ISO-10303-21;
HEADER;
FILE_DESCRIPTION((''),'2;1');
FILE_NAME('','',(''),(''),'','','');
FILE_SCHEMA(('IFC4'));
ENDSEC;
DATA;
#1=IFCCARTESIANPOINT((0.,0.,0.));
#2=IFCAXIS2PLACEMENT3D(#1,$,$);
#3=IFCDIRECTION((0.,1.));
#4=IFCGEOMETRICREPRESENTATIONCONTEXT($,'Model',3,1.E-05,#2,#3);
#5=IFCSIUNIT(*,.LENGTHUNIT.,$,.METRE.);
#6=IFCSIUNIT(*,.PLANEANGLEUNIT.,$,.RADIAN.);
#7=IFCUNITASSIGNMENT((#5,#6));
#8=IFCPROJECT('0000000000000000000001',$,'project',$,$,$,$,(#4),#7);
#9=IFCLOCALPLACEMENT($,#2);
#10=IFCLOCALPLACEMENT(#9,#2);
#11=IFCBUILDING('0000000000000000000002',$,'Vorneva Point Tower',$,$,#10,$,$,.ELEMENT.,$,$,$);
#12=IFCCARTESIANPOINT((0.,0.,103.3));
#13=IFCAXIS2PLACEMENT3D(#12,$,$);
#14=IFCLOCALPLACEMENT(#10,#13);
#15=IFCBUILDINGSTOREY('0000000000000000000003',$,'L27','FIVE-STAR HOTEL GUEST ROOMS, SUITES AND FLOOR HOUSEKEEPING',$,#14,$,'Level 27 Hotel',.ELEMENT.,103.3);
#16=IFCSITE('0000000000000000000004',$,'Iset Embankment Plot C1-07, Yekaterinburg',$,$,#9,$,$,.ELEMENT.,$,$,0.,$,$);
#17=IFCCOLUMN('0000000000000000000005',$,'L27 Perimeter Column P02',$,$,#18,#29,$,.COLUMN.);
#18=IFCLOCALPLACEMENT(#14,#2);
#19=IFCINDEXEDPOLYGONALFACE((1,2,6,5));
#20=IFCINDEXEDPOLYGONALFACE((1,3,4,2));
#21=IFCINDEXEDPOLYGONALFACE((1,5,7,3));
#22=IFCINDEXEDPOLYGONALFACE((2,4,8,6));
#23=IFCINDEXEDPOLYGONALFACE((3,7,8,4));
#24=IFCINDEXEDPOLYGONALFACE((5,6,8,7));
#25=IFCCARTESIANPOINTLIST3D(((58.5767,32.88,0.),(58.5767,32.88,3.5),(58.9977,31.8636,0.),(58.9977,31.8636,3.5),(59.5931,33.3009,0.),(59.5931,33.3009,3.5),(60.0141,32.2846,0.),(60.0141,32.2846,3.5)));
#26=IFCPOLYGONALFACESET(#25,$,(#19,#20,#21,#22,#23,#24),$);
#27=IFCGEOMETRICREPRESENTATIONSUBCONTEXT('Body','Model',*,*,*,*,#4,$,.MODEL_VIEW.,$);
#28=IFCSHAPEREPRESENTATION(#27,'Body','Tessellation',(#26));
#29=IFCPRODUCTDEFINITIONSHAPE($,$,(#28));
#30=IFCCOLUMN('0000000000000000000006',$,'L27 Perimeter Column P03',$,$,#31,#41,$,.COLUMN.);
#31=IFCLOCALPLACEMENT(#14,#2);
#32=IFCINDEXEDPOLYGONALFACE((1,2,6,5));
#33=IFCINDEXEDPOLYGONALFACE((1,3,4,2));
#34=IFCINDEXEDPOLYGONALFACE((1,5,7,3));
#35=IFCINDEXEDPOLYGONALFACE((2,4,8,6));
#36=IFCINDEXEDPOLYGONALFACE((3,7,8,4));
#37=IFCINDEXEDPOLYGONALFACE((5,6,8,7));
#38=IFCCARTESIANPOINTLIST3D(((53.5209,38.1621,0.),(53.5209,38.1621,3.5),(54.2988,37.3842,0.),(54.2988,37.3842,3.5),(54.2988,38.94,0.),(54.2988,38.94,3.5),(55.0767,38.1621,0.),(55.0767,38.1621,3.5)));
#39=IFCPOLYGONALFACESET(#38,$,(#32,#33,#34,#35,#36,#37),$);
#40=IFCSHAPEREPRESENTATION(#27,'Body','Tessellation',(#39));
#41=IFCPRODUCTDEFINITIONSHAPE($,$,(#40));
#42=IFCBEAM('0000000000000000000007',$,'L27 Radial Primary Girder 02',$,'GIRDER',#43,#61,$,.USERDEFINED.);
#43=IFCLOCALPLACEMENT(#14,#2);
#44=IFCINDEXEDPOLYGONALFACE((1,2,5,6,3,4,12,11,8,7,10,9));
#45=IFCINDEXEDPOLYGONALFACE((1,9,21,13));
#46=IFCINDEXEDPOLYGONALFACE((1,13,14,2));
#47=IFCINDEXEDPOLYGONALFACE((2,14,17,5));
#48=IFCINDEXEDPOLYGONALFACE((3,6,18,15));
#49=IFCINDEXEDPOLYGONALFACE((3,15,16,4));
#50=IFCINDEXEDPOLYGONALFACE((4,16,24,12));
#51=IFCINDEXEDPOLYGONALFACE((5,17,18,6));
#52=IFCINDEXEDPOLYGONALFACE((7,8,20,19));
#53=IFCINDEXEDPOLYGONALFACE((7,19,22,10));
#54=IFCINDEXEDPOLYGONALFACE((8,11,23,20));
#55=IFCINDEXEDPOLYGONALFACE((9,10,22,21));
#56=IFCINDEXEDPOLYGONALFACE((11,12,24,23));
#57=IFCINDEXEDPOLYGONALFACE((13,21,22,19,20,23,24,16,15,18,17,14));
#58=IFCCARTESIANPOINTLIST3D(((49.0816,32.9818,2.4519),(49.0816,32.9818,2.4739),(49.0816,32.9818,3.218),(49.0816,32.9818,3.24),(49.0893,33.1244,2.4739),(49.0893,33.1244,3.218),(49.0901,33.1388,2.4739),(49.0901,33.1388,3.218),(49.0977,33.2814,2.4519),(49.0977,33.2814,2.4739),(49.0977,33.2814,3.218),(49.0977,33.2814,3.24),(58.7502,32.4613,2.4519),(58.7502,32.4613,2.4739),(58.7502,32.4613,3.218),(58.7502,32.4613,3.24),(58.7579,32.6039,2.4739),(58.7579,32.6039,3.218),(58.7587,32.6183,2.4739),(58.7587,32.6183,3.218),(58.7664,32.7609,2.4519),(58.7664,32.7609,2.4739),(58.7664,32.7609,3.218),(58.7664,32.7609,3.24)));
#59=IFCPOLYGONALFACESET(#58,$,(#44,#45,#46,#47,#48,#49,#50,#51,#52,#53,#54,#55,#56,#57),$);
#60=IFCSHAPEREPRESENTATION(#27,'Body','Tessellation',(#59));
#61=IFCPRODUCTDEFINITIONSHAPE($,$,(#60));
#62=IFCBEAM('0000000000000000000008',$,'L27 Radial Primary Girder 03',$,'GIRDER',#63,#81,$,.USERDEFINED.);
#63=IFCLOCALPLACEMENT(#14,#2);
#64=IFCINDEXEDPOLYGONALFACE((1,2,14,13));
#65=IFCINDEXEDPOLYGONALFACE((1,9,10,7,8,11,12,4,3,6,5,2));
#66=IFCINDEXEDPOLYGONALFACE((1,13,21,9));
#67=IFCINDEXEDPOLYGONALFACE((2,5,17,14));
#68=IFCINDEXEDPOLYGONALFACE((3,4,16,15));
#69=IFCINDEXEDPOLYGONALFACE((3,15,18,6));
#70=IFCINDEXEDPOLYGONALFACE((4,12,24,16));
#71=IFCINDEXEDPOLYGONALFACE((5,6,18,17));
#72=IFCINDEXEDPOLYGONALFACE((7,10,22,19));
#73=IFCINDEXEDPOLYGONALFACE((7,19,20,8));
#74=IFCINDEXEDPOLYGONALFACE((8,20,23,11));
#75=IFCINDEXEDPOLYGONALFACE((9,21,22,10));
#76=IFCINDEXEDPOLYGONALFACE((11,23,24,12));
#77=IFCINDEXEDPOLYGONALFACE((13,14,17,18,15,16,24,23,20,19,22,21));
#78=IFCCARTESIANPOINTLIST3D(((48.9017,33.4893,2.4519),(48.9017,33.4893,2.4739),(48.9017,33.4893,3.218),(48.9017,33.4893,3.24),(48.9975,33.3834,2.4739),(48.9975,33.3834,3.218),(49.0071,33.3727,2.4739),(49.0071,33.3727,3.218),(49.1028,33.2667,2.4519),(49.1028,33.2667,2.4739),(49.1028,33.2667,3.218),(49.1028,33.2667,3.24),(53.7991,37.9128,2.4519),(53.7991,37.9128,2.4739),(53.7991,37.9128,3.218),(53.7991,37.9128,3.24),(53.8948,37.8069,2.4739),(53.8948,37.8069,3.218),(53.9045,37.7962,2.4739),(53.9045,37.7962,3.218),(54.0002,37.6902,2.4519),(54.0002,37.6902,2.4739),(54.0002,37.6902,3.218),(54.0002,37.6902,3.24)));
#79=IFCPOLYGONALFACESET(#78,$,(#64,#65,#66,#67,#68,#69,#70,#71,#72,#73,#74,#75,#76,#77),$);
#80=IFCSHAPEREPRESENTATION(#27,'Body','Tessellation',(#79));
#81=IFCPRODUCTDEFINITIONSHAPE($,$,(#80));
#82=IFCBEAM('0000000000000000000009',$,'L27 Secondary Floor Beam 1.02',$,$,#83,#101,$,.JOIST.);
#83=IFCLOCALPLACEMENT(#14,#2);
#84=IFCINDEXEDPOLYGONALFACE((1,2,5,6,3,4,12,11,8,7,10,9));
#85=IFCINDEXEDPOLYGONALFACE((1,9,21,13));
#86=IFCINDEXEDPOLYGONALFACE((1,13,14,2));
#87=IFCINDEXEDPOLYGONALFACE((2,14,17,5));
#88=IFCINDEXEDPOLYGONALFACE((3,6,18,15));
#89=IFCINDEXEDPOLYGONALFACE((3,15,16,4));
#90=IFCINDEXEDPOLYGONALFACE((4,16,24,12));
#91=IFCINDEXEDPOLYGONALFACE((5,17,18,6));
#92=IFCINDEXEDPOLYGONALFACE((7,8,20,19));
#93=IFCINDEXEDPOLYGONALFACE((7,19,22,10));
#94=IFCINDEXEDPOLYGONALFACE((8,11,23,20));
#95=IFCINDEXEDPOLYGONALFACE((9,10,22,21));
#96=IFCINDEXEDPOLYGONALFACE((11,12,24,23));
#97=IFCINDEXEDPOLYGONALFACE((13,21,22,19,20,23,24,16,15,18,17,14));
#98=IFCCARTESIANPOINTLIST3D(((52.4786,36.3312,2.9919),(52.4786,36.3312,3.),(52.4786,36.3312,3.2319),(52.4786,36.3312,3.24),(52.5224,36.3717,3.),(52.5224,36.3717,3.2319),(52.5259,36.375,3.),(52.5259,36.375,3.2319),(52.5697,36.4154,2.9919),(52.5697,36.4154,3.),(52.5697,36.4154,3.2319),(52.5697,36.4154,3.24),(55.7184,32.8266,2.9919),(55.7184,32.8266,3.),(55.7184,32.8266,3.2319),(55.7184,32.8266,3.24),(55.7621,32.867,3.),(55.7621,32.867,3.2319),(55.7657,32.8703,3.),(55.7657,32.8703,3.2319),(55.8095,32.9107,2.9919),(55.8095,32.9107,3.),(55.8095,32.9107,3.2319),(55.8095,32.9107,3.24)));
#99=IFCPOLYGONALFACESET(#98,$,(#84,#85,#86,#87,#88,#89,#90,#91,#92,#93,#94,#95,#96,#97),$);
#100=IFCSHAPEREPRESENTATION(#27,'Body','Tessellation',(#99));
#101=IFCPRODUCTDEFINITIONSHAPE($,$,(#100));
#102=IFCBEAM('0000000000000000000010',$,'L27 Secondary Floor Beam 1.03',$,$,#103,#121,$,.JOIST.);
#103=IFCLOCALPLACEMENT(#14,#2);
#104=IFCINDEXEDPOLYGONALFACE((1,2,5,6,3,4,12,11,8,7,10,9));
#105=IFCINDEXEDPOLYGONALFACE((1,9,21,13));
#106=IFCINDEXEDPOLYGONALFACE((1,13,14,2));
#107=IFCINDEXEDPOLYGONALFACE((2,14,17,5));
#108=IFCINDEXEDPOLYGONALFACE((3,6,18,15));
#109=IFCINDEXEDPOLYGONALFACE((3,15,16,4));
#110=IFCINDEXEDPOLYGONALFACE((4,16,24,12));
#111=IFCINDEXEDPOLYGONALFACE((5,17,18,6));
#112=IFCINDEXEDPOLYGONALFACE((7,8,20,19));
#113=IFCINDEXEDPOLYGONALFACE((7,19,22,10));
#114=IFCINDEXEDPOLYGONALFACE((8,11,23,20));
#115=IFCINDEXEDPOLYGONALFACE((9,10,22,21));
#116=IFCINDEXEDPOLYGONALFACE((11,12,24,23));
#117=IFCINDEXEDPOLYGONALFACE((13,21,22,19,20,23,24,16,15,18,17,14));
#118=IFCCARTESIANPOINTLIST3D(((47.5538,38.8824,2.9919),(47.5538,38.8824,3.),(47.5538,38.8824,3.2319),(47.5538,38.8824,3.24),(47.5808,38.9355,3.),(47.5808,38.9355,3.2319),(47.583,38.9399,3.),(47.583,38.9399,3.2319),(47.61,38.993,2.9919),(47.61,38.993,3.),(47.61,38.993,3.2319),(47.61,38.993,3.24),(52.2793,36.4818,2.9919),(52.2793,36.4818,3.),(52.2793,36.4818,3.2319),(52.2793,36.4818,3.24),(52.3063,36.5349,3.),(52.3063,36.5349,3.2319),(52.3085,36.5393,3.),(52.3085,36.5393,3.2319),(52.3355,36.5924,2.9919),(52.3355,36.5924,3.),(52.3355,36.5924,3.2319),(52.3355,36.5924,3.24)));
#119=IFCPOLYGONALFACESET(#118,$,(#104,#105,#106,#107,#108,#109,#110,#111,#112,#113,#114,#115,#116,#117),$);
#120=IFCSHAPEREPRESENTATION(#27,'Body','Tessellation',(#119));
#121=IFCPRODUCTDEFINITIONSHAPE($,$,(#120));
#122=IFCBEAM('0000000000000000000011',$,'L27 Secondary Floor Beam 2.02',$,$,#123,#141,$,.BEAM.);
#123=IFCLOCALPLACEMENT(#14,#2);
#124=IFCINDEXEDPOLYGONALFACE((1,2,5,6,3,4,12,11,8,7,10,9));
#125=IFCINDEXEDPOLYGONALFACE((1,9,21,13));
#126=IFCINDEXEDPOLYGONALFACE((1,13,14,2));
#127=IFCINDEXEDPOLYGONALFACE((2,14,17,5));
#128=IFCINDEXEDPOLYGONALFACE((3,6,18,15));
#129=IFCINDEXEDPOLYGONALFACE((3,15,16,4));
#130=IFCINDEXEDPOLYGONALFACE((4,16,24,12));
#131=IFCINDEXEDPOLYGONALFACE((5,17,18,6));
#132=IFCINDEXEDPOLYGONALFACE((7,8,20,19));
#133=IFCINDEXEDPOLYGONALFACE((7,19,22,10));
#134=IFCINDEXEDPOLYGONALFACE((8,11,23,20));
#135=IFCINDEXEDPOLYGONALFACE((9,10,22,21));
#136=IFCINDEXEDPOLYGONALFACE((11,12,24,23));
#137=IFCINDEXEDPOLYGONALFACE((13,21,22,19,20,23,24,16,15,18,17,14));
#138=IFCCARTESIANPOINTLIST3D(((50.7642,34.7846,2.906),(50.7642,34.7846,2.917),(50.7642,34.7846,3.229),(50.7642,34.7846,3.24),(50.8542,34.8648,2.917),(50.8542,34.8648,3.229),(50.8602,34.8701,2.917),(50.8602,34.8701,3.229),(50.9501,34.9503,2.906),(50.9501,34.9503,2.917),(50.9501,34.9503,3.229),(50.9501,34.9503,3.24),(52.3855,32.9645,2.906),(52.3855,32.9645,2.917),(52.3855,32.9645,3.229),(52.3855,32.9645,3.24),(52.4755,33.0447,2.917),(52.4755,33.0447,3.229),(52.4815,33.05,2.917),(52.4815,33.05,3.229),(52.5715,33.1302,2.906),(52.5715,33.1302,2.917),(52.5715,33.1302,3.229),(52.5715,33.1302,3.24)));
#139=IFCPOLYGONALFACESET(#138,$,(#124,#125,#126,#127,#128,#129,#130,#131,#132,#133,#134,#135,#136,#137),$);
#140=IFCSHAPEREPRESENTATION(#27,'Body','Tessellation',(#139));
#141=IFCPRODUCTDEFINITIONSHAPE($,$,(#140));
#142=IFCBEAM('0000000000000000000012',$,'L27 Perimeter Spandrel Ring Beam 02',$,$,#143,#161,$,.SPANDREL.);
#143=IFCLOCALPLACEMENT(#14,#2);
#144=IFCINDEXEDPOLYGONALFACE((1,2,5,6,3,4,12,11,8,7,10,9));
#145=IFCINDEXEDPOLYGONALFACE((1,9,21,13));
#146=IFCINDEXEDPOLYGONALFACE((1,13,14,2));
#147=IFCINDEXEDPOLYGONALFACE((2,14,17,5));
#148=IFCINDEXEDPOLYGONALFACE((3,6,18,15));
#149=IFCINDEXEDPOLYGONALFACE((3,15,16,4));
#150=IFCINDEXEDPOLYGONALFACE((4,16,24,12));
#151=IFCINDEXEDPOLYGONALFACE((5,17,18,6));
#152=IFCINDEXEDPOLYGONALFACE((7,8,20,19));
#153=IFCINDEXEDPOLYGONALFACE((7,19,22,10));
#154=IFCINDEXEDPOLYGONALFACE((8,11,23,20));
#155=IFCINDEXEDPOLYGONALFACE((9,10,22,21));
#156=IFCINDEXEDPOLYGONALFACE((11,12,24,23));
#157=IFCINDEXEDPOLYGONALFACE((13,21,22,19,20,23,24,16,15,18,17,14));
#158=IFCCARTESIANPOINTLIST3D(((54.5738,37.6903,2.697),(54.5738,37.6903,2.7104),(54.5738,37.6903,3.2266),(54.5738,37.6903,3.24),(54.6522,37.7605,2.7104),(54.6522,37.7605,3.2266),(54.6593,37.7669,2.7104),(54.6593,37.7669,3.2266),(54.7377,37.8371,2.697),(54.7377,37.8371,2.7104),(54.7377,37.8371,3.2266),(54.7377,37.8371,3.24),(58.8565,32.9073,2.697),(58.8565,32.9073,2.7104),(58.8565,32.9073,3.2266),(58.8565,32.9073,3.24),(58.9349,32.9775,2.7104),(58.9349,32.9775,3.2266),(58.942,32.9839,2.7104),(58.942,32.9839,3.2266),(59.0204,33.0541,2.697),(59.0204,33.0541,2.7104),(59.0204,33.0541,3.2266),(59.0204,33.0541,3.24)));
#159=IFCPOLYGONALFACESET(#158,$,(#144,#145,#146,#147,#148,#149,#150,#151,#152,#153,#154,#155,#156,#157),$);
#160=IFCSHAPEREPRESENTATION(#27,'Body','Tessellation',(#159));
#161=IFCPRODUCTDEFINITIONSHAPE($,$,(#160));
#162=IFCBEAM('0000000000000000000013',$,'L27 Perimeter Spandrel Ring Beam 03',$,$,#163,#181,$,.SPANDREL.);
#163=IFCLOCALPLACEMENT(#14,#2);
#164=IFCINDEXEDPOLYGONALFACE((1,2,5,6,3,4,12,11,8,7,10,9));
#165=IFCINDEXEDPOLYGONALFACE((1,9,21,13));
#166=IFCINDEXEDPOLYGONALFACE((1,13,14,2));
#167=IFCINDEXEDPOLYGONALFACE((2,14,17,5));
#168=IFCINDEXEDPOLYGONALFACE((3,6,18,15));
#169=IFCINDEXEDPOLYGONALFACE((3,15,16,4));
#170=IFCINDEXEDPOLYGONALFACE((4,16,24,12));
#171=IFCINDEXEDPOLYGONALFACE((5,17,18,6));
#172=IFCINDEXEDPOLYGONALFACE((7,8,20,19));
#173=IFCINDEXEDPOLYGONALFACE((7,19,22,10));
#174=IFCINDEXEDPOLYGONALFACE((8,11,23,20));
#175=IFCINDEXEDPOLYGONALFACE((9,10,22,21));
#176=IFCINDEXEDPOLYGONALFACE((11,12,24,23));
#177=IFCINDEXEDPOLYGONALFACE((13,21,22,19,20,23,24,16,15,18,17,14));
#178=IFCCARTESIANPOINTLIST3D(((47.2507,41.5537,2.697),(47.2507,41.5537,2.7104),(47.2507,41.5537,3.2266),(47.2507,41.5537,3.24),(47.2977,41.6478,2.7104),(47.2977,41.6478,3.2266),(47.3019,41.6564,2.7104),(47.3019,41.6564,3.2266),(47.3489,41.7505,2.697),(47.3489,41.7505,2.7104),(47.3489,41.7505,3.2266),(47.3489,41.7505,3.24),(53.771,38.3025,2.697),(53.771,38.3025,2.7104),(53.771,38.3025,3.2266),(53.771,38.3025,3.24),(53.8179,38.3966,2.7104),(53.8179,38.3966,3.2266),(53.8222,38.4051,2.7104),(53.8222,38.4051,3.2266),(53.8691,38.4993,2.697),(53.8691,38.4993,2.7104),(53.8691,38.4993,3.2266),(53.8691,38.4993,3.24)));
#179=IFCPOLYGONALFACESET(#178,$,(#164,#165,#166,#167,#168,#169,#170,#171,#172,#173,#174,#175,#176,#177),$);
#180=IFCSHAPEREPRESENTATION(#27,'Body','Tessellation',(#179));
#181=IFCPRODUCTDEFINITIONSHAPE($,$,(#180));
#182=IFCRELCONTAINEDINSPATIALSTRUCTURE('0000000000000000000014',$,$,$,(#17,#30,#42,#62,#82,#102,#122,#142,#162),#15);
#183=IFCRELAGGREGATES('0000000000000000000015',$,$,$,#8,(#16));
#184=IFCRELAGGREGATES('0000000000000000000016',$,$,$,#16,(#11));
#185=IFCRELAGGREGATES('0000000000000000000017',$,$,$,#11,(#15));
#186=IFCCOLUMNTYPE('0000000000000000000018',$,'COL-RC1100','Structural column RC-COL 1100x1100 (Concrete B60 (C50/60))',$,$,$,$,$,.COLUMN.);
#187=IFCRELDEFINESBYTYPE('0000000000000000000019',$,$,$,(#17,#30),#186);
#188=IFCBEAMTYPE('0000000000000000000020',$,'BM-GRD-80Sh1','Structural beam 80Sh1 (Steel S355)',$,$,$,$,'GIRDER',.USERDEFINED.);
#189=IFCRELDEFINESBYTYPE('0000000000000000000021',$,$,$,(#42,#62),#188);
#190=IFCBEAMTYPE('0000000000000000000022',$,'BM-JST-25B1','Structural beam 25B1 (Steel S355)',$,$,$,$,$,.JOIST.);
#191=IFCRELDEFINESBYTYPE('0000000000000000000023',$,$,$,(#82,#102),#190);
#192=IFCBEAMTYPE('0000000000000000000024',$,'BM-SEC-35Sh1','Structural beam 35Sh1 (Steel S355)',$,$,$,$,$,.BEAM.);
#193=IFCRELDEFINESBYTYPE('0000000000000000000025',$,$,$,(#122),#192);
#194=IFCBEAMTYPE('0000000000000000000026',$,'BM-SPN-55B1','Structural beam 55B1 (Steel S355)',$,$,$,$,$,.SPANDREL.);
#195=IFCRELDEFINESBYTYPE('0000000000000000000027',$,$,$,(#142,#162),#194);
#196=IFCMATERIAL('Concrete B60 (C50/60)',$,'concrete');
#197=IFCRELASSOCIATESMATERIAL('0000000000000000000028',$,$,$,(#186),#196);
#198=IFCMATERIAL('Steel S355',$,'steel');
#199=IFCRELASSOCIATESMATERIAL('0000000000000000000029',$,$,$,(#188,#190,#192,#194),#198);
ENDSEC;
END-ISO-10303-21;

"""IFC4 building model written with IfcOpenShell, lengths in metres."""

from ifc_helpers import new_model, si_unit, direction, frame, origin, origin_2d, place, context, subcontext, project, spatial, rectangle, i_section, extrude, material, material_profile, profile_set, type_object, element, save


model = new_model("IFC4")

# Units and contexts
model_context = context("Model", 3, precision=1e-05, world=origin(), true_north=direction((0.0, 1.0)))
body_context = subcontext(model_context, "Body", "Model", "MODEL_VIEW")
ifc_project = project(units=[si_unit("LENGTHUNIT", "METRE"), si_unit("PLANEANGLEUNIT", "RADIAN")], contexts=[model_context])

# Site, building, storey
site_placement = place(None, origin())
site = spatial("IfcSite", under=ifc_project, at=site_placement, Name="Iset Embankment Plot C1-07, Yekaterinburg", CompositionType="ELEMENT", RefElevation=0.0)
building_placement = place(site_placement, origin())
building = spatial("IfcBuilding", under=site, at=building_placement, Name="Vorneva Point Tower", CompositionType="ELEMENT")
storey_placement = place(building_placement, frame((0.0, 0.0, 103.3)))
storey = spatial("IfcBuildingStorey", under=building, at=storey_placement, Name="L27", Description="FIVE-STAR HOTEL GUEST ROOMS, SUITES AND FLOOR HOUSEKEEPING", LongName="Level 27 Hotel", CompositionType="ELEMENT", Elevation=103.3)

# Columns
ifc_material_1 = material(Name="Concrete B60 (C50/60)", Category="concrete")
ifc_material_profile_1 = material_profile(ifc_material_1, rectangle(XDim=1.1001, YDim=1.1001, at=origin_2d()), Name="RC-COL 1100x1100")
ifc_profile_set_1 = profile_set([ifc_material_profile_1], Name="Concrete B60 (C50/60)")
column_type = type_object("IfcColumnType", Name="COL-RC1100", Description="Structural column RC-COL 1100x1100 (Concrete B60 (C50/60))", PredefinedType="COLUMN", material=ifc_profile_set_1)
for number, where, z_axis, x_axis, name in (
    (1, (59.2954, 32.5823, 0.0), (0.0, 0.0, 1.0), (0.92388, 0.382683, 0.0), "L27 Perimeter Column P02"),
    (2, (54.2988, 38.1621, 0.0), (0.0, 0.0, 1.0), (0.707107, 0.707107, 0.0), "L27 Perimeter Column P03"),
):
    element("IfcColumn", number, at=place(storey_placement, frame(where, z_axis=z_axis, x_axis=x_axis)), inside=storey, type_object=column_type, Name=name, PredefinedType="COLUMN", context=body_context, shape_type="SweptSolid", body=[
        extrude(rectangle(XDim=1.1001, YDim=1.1001, at=origin_2d()), origin(), (0.0, 0.0, 1.0), 3.5),
    ])

# Beams
ifc_material_2 = material(Name="Steel S355", Category="steel")
ifc_material_profile_2 = material_profile(ifc_material_2, i_section(OverallWidth=0.3, OverallDepth=0.7881, WebThickness=0.0144, FlangeThickness=0.022, at=origin_2d()), Name="80Sh1")
ifc_profile_set_2 = profile_set([ifc_material_profile_2], Name="Steel S355")
beam_type_1 = type_object("IfcBeamType", Name="BM-GRD-80Sh1", Description="Structural beam 80Sh1 (Steel S355)", ElementType="GIRDER", PredefinedType="USERDEFINED", material=ifc_profile_set_2)
beam_1_placement = place(storey_placement, frame((58.7583, 32.6111, 2.8459), z_axis=(-0.998554, 0.053756, 0.0), x_axis=(-0.053756, -0.998554, 0.0)))
element("IfcBeam", 3, at=beam_1_placement, inside=storey, type_object=beam_type_1, Name="L27 Radial Primary Girder 02", ObjectType="GIRDER", PredefinedType="USERDEFINED", context=body_context, shape_type="SweptSolid", body=[
    extrude(i_section(OverallWidth=0.3, OverallDepth=0.7881, WebThickness=0.0144, FlangeThickness=0.022, at=origin_2d()), origin(), (0.0, 0.0, 1.0), 9.6826),
])
beam_2_placement = place(storey_placement, frame((53.8997, 37.8015, 2.8459), z_axis=(-0.742097, -0.670292, 0.0), x_axis=(0.670292, -0.742097, 0.0)))
element("IfcBeam", 4, at=beam_2_placement, inside=storey, type_object=beam_type_1, Name="L27 Radial Primary Girder 03", ObjectType="GIRDER", PredefinedType="USERDEFINED", context=body_context, shape_type="SweptSolid", body=[
    extrude(i_section(OverallWidth=0.3, OverallDepth=0.7881, WebThickness=0.0144, FlangeThickness=0.022, at=origin_2d()), origin(), (0.0, 0.0, 1.0), 6.5994),
])
ifc_material_profile_3 = material_profile(ifc_material_2, i_section(OverallWidth=0.124, OverallDepth=0.248, WebThickness=0.0049, FlangeThickness=0.0081, at=origin_2d()), Name="25B1")
ifc_profile_set_3 = profile_set([ifc_material_profile_3], Name="Steel S355")
beam_type_2 = type_object("IfcBeamType", Name="BM-JST-25B1", Description="Structural beam 25B1 (Steel S355)", PredefinedType="JOIST", material=ifc_profile_set_3)
beam_3_placement = place(storey_placement, frame((55.7639, 32.8687, 3.116), z_axis=(-0.678811, 0.734313, 0.0), x_axis=(-0.734313, -0.678811, 0.0)))
element("IfcBeam", 5, at=beam_3_placement, inside=storey, type_object=beam_type_2, Name="L27 Secondary Floor Beam 1.02", PredefinedType="JOIST", context=body_context, shape_type="SweptSolid", body=[
    extrude(i_section(OverallWidth=0.124, OverallDepth=0.248, WebThickness=0.0049, FlangeThickness=0.0081, at=origin_2d()), origin(), (0.0, 0.0, 1.0), 4.7727),
])
beam_4_placement = place(storey_placement, frame((52.3074, 36.5371, 3.116), z_axis=(-0.891553, 0.452916, 0.0), x_axis=(-0.452916, -0.891553, 0.0)))
element("IfcBeam", 6, at=beam_4_placement, inside=storey, type_object=beam_type_2, Name="L27 Secondary Floor Beam 1.03", PredefinedType="JOIST", context=body_context, shape_type="SweptSolid", body=[
    extrude(i_section(OverallWidth=0.124, OverallDepth=0.248, WebThickness=0.0049, FlangeThickness=0.0081, at=origin_2d()), origin(), (0.0, 0.0, 1.0), 5.3003),
])
ifc_material_profile_4 = material_profile(ifc_material_2, i_section(OverallWidth=0.249, OverallDepth=0.334, WebThickness=0.0081, FlangeThickness=0.011, at=origin_2d()), Name="35Sh1")
ifc_profile_set_4 = profile_set([ifc_material_profile_4], Name="Steel S355")
beam_type_3 = type_object("IfcBeamType", Name="BM-SEC-35Sh1", Description="Structural beam 35Sh1 (Steel S355)", PredefinedType="BEAM", material=ifc_profile_set_4)
beam_5_placement = place(storey_placement, frame((52.4785, 33.0474, 3.073), z_axis=(-0.665165, 0.746696, 0.0), x_axis=(-0.746696, -0.665165, 0.0)))
element("IfcBeam", 7, at=beam_5_placement, inside=storey, type_object=beam_type_3, Name="L27 Secondary Floor Beam 2.02", PredefinedType="BEAM", context=body_context, shape_type="SweptSolid", body=[
    extrude(i_section(OverallWidth=0.249, OverallDepth=0.334, WebThickness=0.0081, FlangeThickness=0.011, at=origin_2d()), origin(), (0.0, 0.0, 1.0), 2.4375),
])
ifc_material_profile_5 = material_profile(ifc_material_2, i_section(OverallWidth=0.22, OverallDepth=0.543, WebThickness=0.0095, FlangeThickness=0.0134, at=origin_2d()), Name="55B1")
ifc_profile_set_5 = profile_set([ifc_material_profile_5], Name="Steel S355")
beam_type_4 = type_object("IfcBeamType", Name="BM-SPN-55B1", Description="Structural beam 55B1 (Steel S355)", PredefinedType="SPANDREL", material=ifc_profile_set_5)
beam_6_placement = place(storey_placement, frame((58.9385, 32.9807, 2.9685), z_axis=(-0.667074, 0.744992, 0.0), x_axis=(-0.744992, -0.667074, 0.0)))
element("IfcBeam", 8, at=beam_6_placement, inside=storey, type_object=beam_type_4, Name="L27 Perimeter Spandrel Ring Beam 02", PredefinedType="SPANDREL", context=body_context, shape_type="SweptSolid", body=[
    extrude(i_section(OverallWidth=0.22, OverallDepth=0.543, WebThickness=0.0095, FlangeThickness=0.0134, at=origin_2d()), origin(), (0.0, 0.0, 1.0), 6.4202),
])
beam_7_placement = place(storey_placement, frame((53.8201, 38.4009, 2.9685), z_axis=(-0.894916, 0.446235, 0.0), x_axis=(-0.446235, -0.894916, 0.0)))
element("IfcBeam", 9, at=beam_7_placement, inside=storey, type_object=beam_type_4, Name="L27 Perimeter Spandrel Ring Beam 03", PredefinedType="SPANDREL", context=body_context, shape_type="SweptSolid", body=[
    extrude(i_section(OverallWidth=0.22, OverallDepth=0.543, WebThickness=0.0095, FlangeThickness=0.0134, at=origin_2d()), origin(), (0.0, 0.0, 1.0), 7.2859),
])

save(model, "model.ifc")
